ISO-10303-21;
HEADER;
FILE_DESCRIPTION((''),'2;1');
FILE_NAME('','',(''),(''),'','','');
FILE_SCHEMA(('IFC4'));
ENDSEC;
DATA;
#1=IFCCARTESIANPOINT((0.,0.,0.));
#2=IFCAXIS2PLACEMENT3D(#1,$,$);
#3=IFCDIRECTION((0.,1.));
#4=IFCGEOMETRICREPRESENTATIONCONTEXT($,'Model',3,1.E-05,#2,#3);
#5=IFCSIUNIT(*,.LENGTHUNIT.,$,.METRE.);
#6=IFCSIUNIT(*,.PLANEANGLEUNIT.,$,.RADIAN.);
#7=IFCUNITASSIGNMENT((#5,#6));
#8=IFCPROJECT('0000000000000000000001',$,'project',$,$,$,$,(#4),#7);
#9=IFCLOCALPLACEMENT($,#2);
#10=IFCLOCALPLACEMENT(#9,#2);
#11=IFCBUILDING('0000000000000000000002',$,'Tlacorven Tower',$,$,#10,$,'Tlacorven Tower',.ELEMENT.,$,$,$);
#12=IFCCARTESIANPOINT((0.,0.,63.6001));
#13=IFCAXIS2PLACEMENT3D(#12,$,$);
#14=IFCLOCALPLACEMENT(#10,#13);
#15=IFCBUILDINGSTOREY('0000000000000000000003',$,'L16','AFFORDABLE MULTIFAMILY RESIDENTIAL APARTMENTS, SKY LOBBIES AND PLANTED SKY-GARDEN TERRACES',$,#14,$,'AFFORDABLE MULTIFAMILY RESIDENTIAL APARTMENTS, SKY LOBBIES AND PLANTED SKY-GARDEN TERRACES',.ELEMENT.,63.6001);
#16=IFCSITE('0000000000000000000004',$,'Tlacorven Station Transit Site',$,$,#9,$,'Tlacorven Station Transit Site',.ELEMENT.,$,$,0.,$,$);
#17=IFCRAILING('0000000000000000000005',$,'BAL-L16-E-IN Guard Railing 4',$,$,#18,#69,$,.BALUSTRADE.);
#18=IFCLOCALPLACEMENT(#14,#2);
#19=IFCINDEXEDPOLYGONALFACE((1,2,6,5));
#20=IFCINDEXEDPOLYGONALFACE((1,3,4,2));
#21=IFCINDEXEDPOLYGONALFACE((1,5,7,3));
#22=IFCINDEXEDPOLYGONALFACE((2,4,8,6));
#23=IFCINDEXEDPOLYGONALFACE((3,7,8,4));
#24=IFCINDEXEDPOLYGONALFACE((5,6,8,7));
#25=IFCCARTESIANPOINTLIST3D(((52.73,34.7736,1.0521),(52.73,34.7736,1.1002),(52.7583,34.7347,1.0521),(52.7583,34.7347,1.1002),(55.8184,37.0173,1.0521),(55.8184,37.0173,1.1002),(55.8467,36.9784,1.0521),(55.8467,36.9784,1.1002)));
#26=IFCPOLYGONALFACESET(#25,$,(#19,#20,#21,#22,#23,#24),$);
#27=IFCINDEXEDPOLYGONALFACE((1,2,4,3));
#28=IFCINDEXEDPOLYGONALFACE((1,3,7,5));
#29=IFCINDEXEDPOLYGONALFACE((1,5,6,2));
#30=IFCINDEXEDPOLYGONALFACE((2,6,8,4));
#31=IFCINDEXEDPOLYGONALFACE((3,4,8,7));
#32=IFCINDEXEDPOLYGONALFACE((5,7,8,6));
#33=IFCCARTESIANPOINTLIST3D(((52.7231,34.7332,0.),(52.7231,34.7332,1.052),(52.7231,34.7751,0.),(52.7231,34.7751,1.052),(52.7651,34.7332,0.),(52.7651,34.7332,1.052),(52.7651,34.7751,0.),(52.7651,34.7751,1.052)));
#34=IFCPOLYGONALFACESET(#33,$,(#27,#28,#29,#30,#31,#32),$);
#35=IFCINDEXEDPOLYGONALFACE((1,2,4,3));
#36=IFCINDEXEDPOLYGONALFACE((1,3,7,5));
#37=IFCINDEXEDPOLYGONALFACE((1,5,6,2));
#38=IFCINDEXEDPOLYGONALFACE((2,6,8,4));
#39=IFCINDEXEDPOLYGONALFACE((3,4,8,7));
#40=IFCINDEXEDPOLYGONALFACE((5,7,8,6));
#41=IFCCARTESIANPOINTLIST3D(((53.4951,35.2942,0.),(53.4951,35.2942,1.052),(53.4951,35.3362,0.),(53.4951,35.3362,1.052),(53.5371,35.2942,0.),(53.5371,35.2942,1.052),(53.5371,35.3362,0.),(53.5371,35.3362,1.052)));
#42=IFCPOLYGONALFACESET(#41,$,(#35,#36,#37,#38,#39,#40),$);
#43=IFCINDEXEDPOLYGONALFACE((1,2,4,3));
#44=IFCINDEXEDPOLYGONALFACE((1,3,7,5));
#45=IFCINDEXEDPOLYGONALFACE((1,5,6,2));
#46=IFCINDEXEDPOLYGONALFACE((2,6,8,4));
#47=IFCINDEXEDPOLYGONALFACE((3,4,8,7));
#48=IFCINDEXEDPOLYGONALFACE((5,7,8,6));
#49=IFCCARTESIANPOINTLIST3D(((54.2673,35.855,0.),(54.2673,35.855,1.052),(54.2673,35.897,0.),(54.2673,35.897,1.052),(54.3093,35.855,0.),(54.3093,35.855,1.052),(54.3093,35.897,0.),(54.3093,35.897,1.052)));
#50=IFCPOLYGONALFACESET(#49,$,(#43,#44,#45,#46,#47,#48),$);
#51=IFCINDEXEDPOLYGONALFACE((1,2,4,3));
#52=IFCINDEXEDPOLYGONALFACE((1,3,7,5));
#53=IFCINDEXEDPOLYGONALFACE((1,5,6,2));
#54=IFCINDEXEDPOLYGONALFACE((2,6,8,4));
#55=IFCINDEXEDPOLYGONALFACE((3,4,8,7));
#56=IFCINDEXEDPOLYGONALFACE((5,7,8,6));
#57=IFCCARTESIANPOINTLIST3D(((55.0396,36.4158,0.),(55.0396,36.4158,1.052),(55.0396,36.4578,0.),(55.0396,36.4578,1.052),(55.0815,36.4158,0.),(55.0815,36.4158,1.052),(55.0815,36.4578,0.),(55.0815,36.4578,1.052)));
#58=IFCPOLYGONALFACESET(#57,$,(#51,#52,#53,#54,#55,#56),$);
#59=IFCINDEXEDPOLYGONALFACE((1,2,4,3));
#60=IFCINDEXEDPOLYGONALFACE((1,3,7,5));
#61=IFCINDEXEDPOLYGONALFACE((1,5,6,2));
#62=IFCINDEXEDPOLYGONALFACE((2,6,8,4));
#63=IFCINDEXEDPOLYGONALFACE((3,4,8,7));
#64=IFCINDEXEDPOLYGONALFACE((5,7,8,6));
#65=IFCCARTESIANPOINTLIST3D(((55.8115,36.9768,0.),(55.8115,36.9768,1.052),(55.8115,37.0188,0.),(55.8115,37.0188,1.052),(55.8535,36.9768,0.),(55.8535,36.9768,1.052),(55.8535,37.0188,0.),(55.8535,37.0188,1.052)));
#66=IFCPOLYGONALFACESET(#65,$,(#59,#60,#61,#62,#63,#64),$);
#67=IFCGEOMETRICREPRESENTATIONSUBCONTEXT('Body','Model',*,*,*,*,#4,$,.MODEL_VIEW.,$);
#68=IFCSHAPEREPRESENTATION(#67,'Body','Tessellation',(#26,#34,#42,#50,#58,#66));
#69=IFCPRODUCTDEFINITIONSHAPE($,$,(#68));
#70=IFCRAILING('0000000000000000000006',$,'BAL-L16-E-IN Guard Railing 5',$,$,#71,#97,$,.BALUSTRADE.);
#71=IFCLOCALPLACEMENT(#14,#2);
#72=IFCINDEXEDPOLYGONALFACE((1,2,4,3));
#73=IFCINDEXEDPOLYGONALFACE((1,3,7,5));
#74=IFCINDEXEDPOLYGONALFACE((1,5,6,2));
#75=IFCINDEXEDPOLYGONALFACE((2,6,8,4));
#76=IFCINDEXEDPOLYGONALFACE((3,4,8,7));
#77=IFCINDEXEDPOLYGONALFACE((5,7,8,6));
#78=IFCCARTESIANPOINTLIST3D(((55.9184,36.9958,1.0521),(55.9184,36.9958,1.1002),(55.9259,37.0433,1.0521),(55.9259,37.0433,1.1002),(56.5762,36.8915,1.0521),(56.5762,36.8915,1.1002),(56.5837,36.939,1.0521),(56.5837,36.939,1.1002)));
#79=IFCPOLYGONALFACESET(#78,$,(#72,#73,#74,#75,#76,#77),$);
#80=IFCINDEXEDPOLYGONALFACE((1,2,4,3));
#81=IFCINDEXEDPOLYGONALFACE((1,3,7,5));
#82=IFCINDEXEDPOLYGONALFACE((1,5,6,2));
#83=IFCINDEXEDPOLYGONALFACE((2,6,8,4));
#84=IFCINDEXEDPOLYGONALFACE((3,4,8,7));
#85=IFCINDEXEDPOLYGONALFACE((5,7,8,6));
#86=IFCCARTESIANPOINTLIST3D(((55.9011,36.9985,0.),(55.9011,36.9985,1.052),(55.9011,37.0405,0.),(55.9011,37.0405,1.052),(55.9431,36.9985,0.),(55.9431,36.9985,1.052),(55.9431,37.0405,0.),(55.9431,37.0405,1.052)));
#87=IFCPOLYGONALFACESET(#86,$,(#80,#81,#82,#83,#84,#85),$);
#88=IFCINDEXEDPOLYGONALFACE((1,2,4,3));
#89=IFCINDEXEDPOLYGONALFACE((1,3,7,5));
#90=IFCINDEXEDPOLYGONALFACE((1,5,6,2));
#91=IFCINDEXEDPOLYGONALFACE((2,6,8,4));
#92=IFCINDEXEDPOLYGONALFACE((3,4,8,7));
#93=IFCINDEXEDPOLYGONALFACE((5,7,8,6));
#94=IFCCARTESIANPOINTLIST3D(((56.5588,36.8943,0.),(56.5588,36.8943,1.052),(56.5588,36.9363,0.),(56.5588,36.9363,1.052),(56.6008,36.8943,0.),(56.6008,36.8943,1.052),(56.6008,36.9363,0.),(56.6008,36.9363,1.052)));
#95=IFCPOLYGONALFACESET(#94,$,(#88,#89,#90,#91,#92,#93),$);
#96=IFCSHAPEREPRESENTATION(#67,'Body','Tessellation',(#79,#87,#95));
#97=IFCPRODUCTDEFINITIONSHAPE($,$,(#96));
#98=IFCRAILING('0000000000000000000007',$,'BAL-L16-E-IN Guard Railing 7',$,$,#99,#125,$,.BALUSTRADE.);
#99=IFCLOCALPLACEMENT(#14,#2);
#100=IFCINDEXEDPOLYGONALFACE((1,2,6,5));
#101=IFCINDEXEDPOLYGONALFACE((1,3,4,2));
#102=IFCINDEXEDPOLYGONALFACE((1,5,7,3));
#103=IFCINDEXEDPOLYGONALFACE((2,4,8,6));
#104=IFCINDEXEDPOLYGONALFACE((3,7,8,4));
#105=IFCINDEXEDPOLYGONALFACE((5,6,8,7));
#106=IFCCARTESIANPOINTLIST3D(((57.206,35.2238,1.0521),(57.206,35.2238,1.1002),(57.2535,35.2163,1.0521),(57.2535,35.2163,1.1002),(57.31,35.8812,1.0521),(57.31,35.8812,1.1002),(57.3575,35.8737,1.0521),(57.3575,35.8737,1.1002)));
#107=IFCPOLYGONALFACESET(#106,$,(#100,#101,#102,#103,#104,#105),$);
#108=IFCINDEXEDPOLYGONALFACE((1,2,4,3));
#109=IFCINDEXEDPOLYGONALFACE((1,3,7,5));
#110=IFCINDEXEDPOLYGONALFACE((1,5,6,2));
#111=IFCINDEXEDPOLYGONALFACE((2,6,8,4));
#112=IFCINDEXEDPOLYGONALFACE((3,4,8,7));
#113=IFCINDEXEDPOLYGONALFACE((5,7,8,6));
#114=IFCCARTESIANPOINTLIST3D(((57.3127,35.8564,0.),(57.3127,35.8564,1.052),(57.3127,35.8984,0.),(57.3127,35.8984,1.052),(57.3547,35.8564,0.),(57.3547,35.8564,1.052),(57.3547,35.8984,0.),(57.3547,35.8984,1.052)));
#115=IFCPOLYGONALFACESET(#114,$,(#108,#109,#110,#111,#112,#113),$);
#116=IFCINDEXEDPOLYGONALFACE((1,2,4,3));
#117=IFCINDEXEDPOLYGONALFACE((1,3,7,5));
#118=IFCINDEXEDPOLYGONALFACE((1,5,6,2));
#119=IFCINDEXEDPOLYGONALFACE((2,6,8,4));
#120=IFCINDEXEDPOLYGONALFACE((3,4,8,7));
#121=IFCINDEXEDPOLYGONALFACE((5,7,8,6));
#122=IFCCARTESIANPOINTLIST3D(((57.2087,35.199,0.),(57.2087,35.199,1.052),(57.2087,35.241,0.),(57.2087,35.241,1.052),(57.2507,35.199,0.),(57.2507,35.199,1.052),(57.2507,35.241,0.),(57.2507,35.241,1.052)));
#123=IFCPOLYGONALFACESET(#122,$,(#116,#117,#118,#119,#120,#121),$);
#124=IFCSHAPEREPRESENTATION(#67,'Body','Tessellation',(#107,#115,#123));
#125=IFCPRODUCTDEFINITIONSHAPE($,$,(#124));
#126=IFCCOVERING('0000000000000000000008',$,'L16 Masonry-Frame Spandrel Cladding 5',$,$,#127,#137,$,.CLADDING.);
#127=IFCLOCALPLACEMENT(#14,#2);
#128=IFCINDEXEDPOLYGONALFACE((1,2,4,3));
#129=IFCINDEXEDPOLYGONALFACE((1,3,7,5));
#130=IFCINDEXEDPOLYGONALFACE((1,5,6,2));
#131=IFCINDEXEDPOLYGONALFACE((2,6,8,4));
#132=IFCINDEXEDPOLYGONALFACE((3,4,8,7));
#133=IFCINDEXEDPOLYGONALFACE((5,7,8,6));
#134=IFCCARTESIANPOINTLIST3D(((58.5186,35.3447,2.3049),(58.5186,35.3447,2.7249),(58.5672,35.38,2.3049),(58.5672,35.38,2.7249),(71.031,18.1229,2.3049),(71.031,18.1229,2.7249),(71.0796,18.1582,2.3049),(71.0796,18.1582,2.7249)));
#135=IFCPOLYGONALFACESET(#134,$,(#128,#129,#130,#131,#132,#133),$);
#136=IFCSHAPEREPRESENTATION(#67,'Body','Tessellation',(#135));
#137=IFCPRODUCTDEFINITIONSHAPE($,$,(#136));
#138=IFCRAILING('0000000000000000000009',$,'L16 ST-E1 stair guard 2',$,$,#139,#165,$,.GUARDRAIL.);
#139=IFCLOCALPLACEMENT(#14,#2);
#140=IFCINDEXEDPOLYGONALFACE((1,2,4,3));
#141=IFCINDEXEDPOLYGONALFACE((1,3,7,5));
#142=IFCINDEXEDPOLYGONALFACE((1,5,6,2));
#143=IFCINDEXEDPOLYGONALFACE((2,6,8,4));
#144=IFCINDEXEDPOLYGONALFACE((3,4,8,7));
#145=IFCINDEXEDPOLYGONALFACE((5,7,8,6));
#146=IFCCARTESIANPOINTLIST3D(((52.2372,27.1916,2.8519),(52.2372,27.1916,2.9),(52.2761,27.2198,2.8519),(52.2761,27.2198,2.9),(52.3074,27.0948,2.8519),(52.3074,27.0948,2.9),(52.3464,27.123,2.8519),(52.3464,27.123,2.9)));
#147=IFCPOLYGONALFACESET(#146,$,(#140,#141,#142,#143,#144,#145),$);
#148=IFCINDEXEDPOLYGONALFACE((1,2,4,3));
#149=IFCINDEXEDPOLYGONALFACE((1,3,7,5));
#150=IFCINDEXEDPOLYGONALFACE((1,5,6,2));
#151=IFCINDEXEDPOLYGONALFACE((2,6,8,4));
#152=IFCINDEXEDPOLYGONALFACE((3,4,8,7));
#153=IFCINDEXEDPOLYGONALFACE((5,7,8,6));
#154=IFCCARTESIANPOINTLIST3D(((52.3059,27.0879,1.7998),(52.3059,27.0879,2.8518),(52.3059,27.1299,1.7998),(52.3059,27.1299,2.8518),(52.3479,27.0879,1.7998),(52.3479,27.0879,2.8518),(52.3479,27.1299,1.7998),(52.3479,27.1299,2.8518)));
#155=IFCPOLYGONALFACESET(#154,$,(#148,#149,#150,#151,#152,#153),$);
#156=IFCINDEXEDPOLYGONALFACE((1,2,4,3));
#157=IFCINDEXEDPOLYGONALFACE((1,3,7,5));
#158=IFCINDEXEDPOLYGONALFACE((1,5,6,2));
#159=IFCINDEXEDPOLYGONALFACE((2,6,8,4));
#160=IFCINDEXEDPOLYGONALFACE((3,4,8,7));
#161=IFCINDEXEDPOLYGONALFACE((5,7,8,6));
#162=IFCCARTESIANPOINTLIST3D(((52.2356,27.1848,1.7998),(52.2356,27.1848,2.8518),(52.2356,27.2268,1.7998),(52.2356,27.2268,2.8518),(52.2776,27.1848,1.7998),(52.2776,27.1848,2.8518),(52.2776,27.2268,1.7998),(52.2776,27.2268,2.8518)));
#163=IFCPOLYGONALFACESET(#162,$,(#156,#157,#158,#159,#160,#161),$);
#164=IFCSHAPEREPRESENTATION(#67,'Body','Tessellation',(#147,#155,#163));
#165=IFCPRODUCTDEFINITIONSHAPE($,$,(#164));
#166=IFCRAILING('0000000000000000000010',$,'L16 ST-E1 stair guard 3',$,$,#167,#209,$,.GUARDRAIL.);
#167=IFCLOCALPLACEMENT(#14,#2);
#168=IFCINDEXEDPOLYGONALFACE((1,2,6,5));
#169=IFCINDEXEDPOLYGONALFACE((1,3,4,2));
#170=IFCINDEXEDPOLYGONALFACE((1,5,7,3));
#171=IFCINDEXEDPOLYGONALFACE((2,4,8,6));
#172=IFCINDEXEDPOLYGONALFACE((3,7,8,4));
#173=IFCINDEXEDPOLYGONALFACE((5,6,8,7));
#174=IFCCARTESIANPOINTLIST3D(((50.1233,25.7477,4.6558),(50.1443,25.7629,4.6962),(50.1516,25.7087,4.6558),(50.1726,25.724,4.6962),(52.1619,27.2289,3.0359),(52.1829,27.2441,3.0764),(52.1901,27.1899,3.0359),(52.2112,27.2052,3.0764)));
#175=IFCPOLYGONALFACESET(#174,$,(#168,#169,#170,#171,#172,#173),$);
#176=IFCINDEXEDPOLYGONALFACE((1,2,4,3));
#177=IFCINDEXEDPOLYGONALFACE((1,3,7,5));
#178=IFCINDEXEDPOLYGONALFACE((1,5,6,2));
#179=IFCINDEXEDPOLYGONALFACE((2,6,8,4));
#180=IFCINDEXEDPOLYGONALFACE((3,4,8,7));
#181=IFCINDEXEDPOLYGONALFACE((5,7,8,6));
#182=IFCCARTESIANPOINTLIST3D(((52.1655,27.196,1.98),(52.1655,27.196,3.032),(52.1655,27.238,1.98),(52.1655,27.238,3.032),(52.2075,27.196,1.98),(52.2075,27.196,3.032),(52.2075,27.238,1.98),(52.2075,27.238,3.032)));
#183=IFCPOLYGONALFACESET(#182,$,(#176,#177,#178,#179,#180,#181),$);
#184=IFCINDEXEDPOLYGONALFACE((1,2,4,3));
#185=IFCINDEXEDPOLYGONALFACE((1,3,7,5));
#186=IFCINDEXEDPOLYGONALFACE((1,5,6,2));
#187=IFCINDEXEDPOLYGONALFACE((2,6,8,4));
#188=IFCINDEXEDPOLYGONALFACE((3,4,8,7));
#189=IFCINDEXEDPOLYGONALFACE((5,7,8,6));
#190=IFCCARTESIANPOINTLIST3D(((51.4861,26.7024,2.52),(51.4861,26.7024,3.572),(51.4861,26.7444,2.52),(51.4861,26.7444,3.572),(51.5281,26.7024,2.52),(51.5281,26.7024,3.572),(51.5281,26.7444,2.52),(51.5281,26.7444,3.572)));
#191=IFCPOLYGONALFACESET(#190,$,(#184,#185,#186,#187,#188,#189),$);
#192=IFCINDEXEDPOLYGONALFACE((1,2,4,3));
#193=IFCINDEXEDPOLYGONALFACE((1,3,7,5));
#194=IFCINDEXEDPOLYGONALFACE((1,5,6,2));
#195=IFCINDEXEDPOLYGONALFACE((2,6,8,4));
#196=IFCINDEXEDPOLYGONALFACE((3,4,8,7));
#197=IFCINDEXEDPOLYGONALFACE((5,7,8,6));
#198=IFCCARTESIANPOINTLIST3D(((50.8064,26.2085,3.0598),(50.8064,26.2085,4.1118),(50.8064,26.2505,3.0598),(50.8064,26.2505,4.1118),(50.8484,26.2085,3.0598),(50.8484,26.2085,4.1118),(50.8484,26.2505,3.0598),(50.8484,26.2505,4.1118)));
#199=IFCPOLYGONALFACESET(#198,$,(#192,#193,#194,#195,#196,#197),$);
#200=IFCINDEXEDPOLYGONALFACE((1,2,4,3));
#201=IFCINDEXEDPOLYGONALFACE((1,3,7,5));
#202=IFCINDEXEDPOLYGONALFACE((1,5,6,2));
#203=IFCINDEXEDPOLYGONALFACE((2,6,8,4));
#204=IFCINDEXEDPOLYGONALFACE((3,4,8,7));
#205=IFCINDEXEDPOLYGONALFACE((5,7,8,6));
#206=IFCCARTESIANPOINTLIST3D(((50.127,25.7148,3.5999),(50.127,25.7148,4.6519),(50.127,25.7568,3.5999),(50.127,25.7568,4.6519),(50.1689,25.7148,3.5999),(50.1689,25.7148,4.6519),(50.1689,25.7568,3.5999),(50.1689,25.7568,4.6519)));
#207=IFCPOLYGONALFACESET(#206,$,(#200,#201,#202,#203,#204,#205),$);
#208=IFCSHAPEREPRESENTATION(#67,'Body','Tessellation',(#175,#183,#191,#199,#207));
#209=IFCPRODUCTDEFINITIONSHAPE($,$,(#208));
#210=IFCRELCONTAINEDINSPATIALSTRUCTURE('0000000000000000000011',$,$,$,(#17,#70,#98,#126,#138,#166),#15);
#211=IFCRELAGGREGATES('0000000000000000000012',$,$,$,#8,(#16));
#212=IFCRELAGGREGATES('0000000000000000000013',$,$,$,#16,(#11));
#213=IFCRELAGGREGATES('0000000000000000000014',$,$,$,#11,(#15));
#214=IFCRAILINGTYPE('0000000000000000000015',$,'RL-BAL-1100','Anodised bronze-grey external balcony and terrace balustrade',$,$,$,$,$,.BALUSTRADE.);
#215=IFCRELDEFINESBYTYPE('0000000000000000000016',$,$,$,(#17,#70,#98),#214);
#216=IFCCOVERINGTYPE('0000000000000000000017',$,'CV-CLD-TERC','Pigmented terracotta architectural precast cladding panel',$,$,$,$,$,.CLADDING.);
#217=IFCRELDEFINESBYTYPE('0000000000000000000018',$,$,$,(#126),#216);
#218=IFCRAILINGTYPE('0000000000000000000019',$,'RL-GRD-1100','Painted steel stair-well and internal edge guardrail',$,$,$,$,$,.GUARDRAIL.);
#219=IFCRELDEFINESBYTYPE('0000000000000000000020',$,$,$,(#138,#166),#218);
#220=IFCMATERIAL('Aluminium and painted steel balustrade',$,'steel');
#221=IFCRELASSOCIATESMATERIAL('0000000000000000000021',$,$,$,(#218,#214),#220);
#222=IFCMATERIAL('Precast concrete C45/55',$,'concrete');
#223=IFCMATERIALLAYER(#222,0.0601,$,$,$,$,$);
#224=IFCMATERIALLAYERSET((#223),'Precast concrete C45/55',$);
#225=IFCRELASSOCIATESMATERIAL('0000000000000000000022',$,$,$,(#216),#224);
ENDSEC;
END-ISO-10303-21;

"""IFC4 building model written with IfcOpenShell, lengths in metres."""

from ifc_helpers import new_model, si_unit, direction, frame, origin, origin_2d, place, context, subcontext, project, spatial, rectangle, extrude, source, transform, mapped, material, layer, layer_set, type_object, element, save


model = new_model("IFC4")

# Units and contexts
model_context = context("Model", 3, precision=1e-05, world=origin(), true_north=direction((0.0, 1.0)))
body_context = subcontext(model_context, "Body", "Model", "MODEL_VIEW")
ifc_project = project(units=[si_unit("LENGTHUNIT", "METRE"), si_unit("PLANEANGLEUNIT", "RADIAN")], contexts=[model_context])

# Site, building, storey
site_placement = place(None, origin())
site = spatial("IfcSite", under=ifc_project, at=site_placement, Name="Tlacorven Station Transit Site", LongName="Tlacorven Station Transit Site", CompositionType="ELEMENT", RefElevation=0.0)
building_placement = place(site_placement, origin())
building = spatial("IfcBuilding", under=site, at=building_placement, Name="Tlacorven Tower", LongName="Tlacorven Tower", CompositionType="ELEMENT")
storey_placement = place(building_placement, frame((0.0, 0.0, 63.6001)))
storey = spatial("IfcBuildingStorey", under=building, at=storey_placement, Name="L16", Description="AFFORDABLE MULTIFAMILY RESIDENTIAL APARTMENTS, SKY LOBBIES AND PLANTED SKY-GARDEN TERRACES", LongName="AFFORDABLE MULTIFAMILY RESIDENTIAL APARTMENTS, SKY LOBBIES AND PLANTED SKY-GARDEN TERRACES", CompositionType="ELEMENT", Elevation=63.6001)

# Shared definitions
ifc_material_1 = material(Name="Precast concrete C45/55", Category="concrete")

# Railings
ifc_material_2 = material(Name="Aluminium and painted steel balustrade", Category="steel")
railing_type_1 = type_object("IfcRailingType", Name="RL-GRD-1100", Description="Painted steel stair-well and internal edge guardrail", PredefinedType="GUARDRAIL", material=ifc_material_2)
railing_type_2 = type_object("IfcRailingType", Name="RL-BAL-1100", Description="Anodised bronze-grey external balcony and terrace balustrade", PredefinedType="BALUSTRADE", material=ifc_material_2)
shared_shape_1 = source(origin(), body_context, "Body", "SweptSolid", [
    extrude(rectangle(XDim=0.0481, YDim=0.0481, at=origin_2d()), frame((0.0, 0.0, 1.0762), z_axis=(0.80904, 0.587753, 0.0), x_axis=(-0.587753, 0.80904, 0.0)), (0.0, 0.0, 1.0), 3.8174),
    extrude(rectangle(XDim=0.042, YDim=0.042, at=origin_2d()), origin(), (0.0, 0.0, 1.0), 1.052),
    extrude(rectangle(XDim=0.042, YDim=0.042, at=origin_2d()), frame((0.772, 0.561, 0.0)), (0.0, 0.0, 1.0), 1.052),
    extrude(rectangle(XDim=0.042, YDim=0.042, at=origin_2d()), frame((1.5442, 1.1218, 0.0)), (0.0, 0.0, 1.0), 1.052),
    extrude(rectangle(XDim=0.042, YDim=0.042, at=origin_2d()), frame((2.3164, 1.6826, 0.0)), (0.0, 0.0, 1.0), 1.052),
    extrude(rectangle(XDim=0.042, YDim=0.042, at=origin_2d()), frame((3.0884, 2.2437, 0.0)), (0.0, 0.0, 1.0), 1.052),
])
railing_1_placement = place(storey_placement, frame((52.7441, 34.7542, 0.0)))
element("IfcRailing", 1, at=railing_1_placement, inside=storey, type_object=railing_type_2, Name="BAL-L16-E-IN Guard Railing 4", PredefinedType="BALUSTRADE", context=body_context, shape_type="MappedRepresentation", body=[
    mapped(shared_shape_1, transform((0.0, 0.0, 0.0), scale=1.0)),
])
shared_shape_2 = source(origin(), body_context, "Body", "SweptSolid", [
    extrude(rectangle(XDim=0.0481, YDim=0.0481, at=origin_2d()), frame((0.0, 0.0, 1.0762), z_axis=(0.987671, -0.156546, 0.0), x_axis=(0.156546, 0.987671, 0.0)), (0.0, 0.0, 1.0), 0.666),
    extrude(rectangle(XDim=0.042, YDim=0.042, at=origin_2d()), origin(), (0.0, 0.0, 1.0), 1.052),
    extrude(rectangle(XDim=0.042, YDim=0.042, at=origin_2d()), frame((0.6577, -0.1042, 0.0)), (0.0, 0.0, 1.0), 1.052),
])
railing_2_placement = place(storey_placement, frame((55.9221, 37.0195, 0.0)))
element("IfcRailing", 2, at=railing_2_placement, inside=storey, type_object=railing_type_2, Name="BAL-L16-E-IN Guard Railing 5", PredefinedType="BALUSTRADE", context=body_context, shape_type="MappedRepresentation", body=[
    mapped(shared_shape_2, transform((0.0, 0.0, 0.0), scale=1.0)),
])
shared_shape_3 = source(origin(), body_context, "Body", "SweptSolid", [
    extrude(rectangle(XDim=0.0481, YDim=0.0481, at=origin_2d()), frame((0.0, 0.0, 1.0762), z_axis=(-0.156245, -0.987718, 0.0), x_axis=(0.987718, -0.156245, 0.0)), (0.0, 0.0, 1.0), 0.6655),
    extrude(rectangle(XDim=0.042, YDim=0.042, at=origin_2d()), origin(), (0.0, 0.0, 1.0), 1.052),
    extrude(rectangle(XDim=0.042, YDim=0.042, at=origin_2d()), frame((-0.104, -0.6575, 0.0)), (0.0, 0.0, 1.0), 1.052),
])
railing_3_placement = place(storey_placement, frame((57.3337, 35.8774, 0.0)))
element("IfcRailing", 3, at=railing_3_placement, inside=storey, type_object=railing_type_2, Name="BAL-L16-E-IN Guard Railing 7", PredefinedType="BALUSTRADE", context=body_context, shape_type="MappedRepresentation", body=[
    mapped(shared_shape_3, transform((0.0, 0.0, 0.0), scale=1.0)),
])

# Covering
ifc_layer_1 = layer(ifc_material_1, 0.0601)
ifc_layer_set_1 = layer_set([ifc_layer_1], Name="Precast concrete C45/55")
covering_type = type_object("IfcCoveringType", Name="CV-CLD-TERC", Description="Pigmented terracotta architectural precast cladding panel", PredefinedType="CLADDING", material=ifc_layer_set_1)
shared_shape_4 = source(origin(), body_context, "Body", "SweptSolid", [
    extrude(rectangle(XDim=21.2874, YDim=0.0601, at=origin_2d()), origin(), (0.0, 0.0, 1.0), 0.4199),
])
covering_placement = place(storey_placement, frame((64.7991, 26.7515, 2.3049), z_axis=(0.0, 0.0, 1.0), x_axis=(0.587785, -0.809017, 0.0)))
element("IfcCovering", 4, at=covering_placement, inside=storey, type_object=covering_type, Name="L16 Masonry-Frame Spandrel Cladding 5", PredefinedType="CLADDING", context=body_context, shape_type="MappedRepresentation", body=[
    mapped(shared_shape_4, transform((0.0, 0.0, 0.0), scale=1.0)),
])

# Railings
shared_shape_5 = source(origin(), body_context, "Body", "SweptSolid", [
    extrude(rectangle(XDim=0.0481, YDim=0.0481, at=origin_2d()), frame((0.0, 0.0, 1.0762), z_axis=(-0.587201, 0.809441, 0.0), x_axis=(-0.809441, -0.587201, 0.0)), (0.0, 0.0, 1.0), 0.1196),
    extrude(rectangle(XDim=0.042, YDim=0.042, at=origin_2d()), origin(), (0.0, 0.0, 1.0), 1.052),
    extrude(rectangle(XDim=0.042, YDim=0.042, at=origin_2d()), frame((-0.0703, 0.0969, 0.0)), (0.0, 0.0, 1.0), 1.052),
])
railing_4_placement = place(storey_placement, frame((52.3269, 27.1089, 1.7998)))
element("IfcRailing", 5, at=railing_4_placement, inside=storey, type_object=railing_type_1, Name="L16 ST-E1 stair guard 2", PredefinedType="GUARDRAIL", context=body_context, shape_type="MappedRepresentation", body=[
    mapped(shared_shape_5, transform((0.0, 0.0, 0.0), scale=1.0)),
])
shared_shape_6 = source(origin(), body_context, "Body", "SweptSolid", [
    extrude(rectangle(XDim=0.0481, YDim=0.0481, at=origin_2d()), frame((0.0, 0.0, 1.0762), z_axis=(-0.680519, -0.494456, 0.540747), x_axis=(0.587809, -0.809, 0.0)), (0.0, 0.0, 1.0), 2.9956),
    extrude(rectangle(XDim=0.042, YDim=0.042, at=origin_2d()), origin(), (0.0, 0.0, 1.0), 1.052),
    extrude(rectangle(XDim=0.042, YDim=0.042, at=origin_2d()), frame((-0.6794, -0.4937, 0.54)), (0.0, 0.0, 1.0), 1.052),
    extrude(rectangle(XDim=0.042, YDim=0.042, at=origin_2d()), frame((-1.3591, -0.9875, 1.0798)), (0.0, 0.0, 1.0), 1.052),
    extrude(rectangle(XDim=0.042, YDim=0.042, at=origin_2d()), frame((-2.0386, -1.4812, 1.6199)), (0.0, 0.0, 1.0), 1.052),
])
railing_5_placement = place(storey_placement, frame((52.1865, 27.217, 1.98)))
element("IfcRailing", 6, at=railing_5_placement, inside=storey, type_object=railing_type_1, Name="L16 ST-E1 stair guard 3", PredefinedType="GUARDRAIL", context=body_context, shape_type="MappedRepresentation", body=[
    mapped(shared_shape_6, transform((0.0, 0.0, 0.0), scale=1.0)),
])

save(model, "model.ifc")
